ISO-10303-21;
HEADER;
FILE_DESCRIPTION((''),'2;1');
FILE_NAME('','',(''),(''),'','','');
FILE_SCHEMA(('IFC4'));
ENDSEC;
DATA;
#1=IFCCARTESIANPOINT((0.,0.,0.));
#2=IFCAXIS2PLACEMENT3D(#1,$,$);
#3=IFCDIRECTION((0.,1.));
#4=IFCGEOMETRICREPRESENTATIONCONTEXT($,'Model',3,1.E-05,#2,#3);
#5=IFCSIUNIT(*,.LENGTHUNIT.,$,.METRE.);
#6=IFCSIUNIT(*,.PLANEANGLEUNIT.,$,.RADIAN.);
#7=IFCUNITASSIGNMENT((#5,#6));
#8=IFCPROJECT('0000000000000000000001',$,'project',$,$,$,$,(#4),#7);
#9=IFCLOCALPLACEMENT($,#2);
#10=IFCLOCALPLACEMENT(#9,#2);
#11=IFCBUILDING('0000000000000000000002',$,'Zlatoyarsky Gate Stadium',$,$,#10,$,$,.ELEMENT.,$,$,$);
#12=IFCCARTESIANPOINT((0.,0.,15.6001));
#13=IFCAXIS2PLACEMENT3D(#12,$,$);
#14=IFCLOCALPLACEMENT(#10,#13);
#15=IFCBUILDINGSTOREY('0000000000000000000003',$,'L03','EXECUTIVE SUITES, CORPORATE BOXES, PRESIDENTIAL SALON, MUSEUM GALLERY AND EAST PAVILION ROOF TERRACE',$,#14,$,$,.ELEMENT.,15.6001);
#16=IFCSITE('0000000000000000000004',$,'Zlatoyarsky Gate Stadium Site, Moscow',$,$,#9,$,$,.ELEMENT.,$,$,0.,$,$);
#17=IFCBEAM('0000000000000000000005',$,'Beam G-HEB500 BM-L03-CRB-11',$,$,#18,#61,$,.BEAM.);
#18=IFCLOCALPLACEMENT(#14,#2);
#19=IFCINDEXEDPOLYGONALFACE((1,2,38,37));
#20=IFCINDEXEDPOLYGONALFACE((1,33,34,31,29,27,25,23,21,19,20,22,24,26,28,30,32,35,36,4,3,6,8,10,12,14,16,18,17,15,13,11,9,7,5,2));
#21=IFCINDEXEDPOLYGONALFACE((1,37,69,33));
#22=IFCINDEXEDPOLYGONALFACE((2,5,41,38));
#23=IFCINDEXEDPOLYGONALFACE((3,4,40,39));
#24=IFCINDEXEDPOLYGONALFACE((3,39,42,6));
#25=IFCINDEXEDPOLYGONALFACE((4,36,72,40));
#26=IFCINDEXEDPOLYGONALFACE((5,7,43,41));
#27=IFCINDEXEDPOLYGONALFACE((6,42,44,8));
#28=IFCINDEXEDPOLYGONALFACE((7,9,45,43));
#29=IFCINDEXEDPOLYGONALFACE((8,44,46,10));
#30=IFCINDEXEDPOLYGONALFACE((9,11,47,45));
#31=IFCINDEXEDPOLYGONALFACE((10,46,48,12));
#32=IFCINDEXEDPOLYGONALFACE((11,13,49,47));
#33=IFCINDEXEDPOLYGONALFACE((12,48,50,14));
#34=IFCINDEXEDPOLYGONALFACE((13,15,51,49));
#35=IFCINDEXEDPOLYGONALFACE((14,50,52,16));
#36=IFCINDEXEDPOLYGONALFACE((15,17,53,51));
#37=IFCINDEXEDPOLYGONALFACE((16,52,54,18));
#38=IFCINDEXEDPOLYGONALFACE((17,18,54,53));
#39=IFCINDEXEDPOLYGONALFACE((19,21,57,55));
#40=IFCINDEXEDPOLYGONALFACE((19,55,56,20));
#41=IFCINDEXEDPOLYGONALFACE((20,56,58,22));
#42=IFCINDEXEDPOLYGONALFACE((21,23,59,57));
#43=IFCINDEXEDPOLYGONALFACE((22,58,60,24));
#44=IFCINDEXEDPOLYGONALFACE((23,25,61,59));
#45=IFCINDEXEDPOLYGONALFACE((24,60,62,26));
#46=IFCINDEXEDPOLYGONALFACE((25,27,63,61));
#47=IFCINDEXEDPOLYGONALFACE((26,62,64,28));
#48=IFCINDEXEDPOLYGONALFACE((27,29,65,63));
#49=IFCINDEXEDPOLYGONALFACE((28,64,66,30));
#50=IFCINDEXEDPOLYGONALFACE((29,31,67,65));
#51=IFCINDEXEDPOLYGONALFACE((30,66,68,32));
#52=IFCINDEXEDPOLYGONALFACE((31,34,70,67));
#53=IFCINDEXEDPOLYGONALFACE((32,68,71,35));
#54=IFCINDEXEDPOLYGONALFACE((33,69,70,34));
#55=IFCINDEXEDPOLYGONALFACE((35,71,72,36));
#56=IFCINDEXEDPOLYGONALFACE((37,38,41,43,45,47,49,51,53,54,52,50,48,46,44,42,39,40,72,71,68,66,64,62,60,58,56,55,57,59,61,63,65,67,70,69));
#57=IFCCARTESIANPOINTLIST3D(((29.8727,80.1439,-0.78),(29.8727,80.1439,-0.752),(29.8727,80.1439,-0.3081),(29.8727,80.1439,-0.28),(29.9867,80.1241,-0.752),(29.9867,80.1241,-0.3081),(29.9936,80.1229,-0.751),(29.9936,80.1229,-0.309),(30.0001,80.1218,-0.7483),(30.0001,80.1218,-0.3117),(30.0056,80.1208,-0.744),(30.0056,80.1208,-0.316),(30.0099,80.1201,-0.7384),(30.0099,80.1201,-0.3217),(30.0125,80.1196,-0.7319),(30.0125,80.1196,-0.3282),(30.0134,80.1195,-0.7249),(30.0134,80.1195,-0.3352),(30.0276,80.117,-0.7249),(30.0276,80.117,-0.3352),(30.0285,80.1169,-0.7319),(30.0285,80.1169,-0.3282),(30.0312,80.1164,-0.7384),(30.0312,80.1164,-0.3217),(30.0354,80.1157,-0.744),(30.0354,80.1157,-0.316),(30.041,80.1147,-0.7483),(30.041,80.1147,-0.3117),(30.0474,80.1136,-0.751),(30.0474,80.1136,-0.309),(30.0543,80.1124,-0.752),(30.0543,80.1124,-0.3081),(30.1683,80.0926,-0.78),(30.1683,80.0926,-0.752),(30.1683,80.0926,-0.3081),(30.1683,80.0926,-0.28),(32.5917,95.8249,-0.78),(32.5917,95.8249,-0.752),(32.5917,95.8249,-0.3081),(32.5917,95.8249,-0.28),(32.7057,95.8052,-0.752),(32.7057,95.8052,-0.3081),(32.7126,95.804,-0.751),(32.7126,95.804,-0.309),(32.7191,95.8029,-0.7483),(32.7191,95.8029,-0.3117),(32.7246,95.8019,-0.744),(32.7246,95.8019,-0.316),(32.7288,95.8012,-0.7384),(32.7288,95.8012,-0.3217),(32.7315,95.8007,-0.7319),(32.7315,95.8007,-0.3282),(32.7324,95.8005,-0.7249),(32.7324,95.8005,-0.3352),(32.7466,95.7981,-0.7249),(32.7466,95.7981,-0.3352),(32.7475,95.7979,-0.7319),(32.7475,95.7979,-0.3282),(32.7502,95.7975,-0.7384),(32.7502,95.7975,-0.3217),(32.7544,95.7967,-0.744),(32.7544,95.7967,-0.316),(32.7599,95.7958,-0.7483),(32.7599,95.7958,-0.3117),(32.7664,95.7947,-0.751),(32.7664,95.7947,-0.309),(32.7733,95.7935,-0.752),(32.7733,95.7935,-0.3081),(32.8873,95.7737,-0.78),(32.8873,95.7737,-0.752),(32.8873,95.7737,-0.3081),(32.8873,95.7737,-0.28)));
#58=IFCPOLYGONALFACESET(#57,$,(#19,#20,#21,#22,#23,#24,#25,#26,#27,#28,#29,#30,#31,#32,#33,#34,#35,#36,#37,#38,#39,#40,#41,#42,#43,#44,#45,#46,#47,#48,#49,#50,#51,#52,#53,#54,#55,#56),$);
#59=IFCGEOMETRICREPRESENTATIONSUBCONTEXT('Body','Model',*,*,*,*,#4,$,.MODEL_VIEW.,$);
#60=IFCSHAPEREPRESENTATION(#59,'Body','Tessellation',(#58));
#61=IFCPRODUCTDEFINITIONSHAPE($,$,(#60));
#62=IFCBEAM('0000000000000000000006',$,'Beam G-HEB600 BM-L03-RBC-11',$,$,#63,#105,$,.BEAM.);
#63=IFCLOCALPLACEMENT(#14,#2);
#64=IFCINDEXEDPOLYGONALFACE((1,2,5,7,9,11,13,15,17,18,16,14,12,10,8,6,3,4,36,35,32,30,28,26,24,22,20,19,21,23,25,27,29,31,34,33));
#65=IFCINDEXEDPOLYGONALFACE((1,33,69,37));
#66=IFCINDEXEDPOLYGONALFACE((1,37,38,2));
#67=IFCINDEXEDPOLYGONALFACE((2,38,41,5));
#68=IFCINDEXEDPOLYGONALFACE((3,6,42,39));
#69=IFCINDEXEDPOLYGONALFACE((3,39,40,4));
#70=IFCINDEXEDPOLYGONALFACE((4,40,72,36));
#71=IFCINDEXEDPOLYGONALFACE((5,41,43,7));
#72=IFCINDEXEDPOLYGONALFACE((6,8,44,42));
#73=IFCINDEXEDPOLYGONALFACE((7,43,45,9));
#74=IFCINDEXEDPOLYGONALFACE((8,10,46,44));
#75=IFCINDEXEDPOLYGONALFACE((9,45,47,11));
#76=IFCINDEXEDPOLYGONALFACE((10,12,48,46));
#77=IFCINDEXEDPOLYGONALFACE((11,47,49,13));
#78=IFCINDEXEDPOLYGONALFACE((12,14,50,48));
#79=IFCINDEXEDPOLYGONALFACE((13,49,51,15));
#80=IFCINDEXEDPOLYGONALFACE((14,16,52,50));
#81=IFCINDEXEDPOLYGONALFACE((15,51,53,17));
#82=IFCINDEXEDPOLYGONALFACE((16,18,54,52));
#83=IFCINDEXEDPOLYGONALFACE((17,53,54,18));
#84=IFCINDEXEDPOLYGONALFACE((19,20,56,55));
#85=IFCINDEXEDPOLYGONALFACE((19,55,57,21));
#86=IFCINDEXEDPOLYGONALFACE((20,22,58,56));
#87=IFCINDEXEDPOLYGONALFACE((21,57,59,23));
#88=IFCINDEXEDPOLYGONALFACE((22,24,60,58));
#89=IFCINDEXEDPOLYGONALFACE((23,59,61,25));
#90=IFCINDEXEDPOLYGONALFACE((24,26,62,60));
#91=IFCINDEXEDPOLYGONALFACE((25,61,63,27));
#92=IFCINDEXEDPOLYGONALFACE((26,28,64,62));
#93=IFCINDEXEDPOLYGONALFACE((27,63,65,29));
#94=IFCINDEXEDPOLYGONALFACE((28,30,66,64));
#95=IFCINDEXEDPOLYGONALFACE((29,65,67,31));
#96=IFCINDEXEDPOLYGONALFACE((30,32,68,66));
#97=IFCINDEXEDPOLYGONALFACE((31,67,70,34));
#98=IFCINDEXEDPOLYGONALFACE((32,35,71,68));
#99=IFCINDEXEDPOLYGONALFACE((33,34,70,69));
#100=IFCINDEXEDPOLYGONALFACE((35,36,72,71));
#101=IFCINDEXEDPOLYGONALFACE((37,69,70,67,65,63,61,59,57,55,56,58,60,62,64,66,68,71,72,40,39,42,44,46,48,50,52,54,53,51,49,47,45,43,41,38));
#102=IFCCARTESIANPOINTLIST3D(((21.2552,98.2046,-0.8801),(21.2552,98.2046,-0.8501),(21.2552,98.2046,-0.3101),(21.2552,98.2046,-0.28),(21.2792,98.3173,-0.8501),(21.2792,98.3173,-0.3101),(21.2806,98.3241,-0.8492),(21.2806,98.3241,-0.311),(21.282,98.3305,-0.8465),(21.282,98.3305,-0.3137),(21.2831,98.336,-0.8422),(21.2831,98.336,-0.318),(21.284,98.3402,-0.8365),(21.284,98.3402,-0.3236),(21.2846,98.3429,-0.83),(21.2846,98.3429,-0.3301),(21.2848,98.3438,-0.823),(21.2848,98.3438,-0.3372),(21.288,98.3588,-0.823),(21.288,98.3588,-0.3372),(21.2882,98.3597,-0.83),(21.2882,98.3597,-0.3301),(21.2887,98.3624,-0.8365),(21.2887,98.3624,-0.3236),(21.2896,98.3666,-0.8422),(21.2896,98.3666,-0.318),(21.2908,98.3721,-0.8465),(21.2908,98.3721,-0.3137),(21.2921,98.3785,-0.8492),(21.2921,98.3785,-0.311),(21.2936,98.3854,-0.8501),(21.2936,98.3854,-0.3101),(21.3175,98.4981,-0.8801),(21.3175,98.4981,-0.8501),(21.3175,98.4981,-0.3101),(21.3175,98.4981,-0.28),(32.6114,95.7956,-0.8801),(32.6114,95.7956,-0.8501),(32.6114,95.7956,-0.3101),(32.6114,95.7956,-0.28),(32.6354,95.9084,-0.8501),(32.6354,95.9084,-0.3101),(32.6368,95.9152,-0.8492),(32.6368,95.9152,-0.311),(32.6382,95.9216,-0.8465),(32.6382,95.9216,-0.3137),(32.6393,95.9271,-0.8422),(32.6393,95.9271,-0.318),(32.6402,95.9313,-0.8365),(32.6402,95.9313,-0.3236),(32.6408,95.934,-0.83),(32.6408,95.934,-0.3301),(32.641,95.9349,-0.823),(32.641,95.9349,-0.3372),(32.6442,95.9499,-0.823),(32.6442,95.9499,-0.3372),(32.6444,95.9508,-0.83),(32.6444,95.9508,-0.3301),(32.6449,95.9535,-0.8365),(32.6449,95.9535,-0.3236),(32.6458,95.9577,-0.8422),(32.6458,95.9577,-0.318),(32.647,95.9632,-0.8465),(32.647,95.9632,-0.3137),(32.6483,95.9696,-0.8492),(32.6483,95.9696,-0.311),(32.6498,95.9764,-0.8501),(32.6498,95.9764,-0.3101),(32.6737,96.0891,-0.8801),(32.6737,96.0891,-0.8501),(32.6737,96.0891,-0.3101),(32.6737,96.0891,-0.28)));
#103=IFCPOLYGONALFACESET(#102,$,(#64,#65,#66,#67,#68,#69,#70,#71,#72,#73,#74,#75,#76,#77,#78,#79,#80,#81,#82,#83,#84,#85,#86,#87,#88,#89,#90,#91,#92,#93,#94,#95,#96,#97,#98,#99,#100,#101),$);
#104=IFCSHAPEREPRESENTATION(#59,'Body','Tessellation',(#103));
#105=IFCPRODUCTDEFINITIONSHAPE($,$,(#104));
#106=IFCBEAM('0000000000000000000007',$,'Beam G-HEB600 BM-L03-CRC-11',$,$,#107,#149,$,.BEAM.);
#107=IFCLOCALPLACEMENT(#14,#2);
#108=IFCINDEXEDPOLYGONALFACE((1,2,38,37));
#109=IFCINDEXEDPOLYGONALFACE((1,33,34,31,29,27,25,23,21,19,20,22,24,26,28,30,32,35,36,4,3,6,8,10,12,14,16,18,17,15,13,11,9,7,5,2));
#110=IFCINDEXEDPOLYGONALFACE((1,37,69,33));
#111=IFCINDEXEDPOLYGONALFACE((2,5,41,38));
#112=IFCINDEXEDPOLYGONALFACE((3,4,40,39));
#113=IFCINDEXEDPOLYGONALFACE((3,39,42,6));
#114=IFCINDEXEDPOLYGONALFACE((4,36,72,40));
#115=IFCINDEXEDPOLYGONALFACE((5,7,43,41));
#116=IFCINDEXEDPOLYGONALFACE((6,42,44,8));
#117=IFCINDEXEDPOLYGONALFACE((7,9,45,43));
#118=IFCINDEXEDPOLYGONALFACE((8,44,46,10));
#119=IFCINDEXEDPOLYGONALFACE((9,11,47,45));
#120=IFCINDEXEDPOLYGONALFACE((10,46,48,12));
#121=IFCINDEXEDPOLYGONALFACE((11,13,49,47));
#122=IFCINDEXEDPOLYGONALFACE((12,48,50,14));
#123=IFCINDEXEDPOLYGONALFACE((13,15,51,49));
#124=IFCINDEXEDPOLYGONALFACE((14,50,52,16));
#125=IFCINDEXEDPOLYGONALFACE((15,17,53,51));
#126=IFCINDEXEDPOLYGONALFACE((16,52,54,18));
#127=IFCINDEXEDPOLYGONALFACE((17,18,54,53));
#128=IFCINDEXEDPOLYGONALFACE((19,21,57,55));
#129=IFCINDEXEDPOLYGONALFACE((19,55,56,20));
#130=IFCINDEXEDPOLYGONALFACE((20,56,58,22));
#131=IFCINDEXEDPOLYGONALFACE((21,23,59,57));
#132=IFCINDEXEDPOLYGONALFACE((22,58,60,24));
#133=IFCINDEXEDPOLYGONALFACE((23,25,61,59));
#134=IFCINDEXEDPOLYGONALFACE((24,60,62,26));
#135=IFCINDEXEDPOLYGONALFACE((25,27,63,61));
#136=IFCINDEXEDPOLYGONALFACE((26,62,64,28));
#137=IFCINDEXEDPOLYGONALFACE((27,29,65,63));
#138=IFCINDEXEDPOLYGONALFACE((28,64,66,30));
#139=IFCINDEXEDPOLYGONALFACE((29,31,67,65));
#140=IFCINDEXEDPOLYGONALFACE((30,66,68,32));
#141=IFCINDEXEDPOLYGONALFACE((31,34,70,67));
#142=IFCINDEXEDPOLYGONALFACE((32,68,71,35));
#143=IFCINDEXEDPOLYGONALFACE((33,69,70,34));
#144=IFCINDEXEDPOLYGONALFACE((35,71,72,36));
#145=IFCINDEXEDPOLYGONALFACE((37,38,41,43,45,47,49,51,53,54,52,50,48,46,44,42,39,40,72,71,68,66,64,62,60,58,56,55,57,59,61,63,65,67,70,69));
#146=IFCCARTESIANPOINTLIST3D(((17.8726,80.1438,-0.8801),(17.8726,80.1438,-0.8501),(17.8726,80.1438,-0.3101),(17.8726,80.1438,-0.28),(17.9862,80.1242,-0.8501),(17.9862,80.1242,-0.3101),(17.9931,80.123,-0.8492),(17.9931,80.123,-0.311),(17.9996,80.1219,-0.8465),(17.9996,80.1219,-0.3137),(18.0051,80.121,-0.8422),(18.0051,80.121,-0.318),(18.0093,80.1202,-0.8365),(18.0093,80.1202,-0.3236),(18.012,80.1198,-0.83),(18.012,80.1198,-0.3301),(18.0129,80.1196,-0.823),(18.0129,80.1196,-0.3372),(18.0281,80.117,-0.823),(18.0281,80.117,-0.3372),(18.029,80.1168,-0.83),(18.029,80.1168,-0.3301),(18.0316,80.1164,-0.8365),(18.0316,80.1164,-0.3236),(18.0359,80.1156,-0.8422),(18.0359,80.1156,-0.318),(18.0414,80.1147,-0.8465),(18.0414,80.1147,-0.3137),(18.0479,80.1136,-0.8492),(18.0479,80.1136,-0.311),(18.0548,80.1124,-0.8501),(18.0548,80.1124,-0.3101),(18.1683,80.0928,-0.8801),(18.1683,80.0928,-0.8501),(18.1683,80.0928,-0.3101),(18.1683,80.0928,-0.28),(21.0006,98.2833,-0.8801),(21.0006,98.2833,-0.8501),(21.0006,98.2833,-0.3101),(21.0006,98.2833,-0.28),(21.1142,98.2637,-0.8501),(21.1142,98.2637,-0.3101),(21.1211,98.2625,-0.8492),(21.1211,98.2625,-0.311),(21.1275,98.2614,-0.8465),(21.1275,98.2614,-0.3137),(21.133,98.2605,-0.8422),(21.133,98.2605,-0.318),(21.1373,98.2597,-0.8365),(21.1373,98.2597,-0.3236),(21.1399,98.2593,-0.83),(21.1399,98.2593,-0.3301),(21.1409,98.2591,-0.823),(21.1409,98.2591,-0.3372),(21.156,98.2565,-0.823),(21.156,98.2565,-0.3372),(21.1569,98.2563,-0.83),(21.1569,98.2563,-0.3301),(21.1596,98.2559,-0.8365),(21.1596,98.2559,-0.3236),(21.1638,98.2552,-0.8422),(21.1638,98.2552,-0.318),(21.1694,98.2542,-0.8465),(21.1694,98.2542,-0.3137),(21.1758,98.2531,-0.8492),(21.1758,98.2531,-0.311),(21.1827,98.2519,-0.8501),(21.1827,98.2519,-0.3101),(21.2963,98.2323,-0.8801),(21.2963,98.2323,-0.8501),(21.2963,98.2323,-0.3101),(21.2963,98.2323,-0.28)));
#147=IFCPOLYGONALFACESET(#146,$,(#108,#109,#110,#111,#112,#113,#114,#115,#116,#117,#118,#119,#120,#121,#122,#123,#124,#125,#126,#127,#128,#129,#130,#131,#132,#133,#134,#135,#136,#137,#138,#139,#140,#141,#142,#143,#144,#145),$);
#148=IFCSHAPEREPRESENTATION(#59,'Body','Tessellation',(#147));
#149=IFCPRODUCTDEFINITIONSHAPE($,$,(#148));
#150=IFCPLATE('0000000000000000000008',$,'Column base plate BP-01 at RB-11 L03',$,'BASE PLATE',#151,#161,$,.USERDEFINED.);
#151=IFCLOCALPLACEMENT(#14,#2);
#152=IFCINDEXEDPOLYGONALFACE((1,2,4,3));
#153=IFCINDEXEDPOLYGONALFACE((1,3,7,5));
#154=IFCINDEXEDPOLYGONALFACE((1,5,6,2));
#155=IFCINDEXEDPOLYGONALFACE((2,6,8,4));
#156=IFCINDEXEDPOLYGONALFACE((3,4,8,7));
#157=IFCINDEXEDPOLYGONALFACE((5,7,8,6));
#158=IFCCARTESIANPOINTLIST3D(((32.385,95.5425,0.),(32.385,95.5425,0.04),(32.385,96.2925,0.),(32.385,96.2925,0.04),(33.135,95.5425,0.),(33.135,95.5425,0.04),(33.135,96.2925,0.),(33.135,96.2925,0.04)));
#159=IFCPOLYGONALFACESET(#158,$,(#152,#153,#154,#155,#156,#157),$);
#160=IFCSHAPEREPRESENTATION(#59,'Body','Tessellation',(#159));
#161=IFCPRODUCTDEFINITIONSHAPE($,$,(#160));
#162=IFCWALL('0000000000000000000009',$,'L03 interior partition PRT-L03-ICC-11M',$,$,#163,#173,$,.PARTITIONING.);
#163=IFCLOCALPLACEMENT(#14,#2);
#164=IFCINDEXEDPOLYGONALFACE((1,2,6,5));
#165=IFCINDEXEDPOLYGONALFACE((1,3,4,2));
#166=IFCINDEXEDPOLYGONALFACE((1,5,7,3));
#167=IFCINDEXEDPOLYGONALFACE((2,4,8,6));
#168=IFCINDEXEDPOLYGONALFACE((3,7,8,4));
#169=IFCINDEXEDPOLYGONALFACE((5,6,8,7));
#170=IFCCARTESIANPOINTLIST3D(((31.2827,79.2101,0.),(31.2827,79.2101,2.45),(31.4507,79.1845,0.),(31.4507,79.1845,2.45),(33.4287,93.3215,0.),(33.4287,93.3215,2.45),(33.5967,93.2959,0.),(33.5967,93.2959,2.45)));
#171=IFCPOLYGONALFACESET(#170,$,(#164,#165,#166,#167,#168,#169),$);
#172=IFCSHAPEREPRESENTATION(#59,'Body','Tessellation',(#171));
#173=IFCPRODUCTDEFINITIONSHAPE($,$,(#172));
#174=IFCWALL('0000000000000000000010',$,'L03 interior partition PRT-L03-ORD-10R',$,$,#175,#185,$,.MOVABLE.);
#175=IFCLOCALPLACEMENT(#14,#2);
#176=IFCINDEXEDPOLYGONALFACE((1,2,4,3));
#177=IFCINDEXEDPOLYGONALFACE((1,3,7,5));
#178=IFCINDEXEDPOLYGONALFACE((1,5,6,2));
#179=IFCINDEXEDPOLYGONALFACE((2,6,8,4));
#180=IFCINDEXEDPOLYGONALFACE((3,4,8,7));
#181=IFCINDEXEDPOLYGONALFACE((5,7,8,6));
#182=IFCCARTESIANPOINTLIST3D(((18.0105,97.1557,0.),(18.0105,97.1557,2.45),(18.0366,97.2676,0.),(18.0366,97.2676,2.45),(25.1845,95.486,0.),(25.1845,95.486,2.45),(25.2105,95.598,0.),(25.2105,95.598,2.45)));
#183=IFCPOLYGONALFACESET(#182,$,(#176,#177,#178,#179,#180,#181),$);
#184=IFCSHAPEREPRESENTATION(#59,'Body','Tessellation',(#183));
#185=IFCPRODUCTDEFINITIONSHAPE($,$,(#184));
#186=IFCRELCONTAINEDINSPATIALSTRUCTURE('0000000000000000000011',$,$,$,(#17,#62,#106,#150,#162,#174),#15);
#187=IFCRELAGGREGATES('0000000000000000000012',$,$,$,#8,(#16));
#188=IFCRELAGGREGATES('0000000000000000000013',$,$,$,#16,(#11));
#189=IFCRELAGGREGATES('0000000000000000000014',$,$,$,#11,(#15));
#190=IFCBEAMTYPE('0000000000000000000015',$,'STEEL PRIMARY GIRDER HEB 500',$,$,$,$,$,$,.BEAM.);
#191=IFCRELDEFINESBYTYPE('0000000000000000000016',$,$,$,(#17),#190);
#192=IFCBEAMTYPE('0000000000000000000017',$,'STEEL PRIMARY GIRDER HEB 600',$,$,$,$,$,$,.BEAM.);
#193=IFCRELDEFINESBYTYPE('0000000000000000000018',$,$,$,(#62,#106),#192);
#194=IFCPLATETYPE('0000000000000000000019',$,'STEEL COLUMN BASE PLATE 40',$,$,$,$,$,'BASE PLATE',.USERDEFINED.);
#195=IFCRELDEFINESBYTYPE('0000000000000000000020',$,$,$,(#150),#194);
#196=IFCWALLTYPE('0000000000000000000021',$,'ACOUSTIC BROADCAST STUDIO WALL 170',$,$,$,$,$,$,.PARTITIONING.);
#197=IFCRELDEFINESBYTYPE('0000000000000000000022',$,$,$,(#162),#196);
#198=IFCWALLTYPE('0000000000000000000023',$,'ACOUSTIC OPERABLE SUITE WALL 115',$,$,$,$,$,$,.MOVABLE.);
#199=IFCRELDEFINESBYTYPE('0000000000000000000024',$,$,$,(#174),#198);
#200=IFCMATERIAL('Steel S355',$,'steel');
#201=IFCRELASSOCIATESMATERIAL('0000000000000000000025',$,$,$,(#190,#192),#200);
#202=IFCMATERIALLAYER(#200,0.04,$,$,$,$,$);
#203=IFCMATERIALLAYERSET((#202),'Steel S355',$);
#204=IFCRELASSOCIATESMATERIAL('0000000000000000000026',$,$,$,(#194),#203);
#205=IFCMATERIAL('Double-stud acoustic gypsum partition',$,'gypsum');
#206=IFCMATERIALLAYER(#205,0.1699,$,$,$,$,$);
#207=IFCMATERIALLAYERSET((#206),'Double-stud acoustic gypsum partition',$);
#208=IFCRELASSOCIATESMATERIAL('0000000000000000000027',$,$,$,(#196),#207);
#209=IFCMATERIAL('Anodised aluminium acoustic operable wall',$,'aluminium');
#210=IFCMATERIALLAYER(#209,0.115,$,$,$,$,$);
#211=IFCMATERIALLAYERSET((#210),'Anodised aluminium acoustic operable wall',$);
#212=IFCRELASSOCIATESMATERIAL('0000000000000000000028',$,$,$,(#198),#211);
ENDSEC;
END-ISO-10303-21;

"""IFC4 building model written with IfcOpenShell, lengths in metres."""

from ifc_helpers import new_model, si_unit, direction, frame, frame_2d, origin, origin_2d, place, context, subcontext, project, spatial, rectangle, i_section, extrude, material, layer, layer_set, material_profile, profile_set, type_object, element, save


model = new_model("IFC4")

# Units and contexts
model_context = context("Model", 3, precision=1e-05, world=origin(), true_north=direction((0.0, 1.0)))
body_context = subcontext(model_context, "Body", "Model", "MODEL_VIEW")
ifc_project = project(units=[si_unit("LENGTHUNIT", "METRE"), si_unit("PLANEANGLEUNIT", "RADIAN")], contexts=[model_context])

# Site, building, storey
site_placement = place(None, origin())
site = spatial("IfcSite", under=ifc_project, at=site_placement, Name="Zlatoyarsky Gate Stadium Site, Moscow", CompositionType="ELEMENT", RefElevation=0.0)
building_placement = place(site_placement, origin())
building = spatial("IfcBuilding", under=site, at=building_placement, Name="Zlatoyarsky Gate Stadium", CompositionType="ELEMENT")
storey_placement = place(building_placement, frame((0.0, 0.0, 15.6001)))
storey = spatial("IfcBuildingStorey", under=building, at=storey_placement, Name="L03", Description="EXECUTIVE SUITES, CORPORATE BOXES, PRESIDENTIAL SALON, MUSEUM GALLERY AND EAST PAVILION ROOF TERRACE", CompositionType="ELEMENT", Elevation=15.6001)

# Shared definitions
ifc_material_1 = material(Name="Steel S355", Category="steel")

# Beams
ifc_material_profile_1 = material_profile(ifc_material_1, i_section(OverallWidth=0.3, OverallDepth=0.5, WebThickness=0.0144, FlangeThickness=0.0281, FilletRadius=0.0271, at=origin_2d()), Name="HEB 500")
ifc_profile_set_1 = profile_set([ifc_material_profile_1], Name="Steel S355")
beam_type_1 = type_object("IfcBeamType", Name="STEEL PRIMARY GIRDER HEB 500", PredefinedType="BEAM", material=ifc_profile_set_1)
beam_1_placement = place(storey_placement, frame((32.7395, 95.7993, -0.53), z_axis=(-0.170843, -0.985298, 0.0), x_axis=(0.985298, -0.170843, 0.0)))
element("IfcBeam", 1, at=beam_1_placement, inside=storey, type_object=beam_type_1, Name="Beam G-HEB500 BM-L03-CRB-11", PredefinedType="BEAM", context=body_context, shape_type="SweptSolid", body=[
    extrude(i_section(OverallWidth=0.3, OverallDepth=0.5, WebThickness=0.0144, FlangeThickness=0.0281, FilletRadius=0.0271, at=origin_2d()), origin(), (0.0, 0.0, 1.0), 15.915),
])
ifc_material_profile_2 = material_profile(ifc_material_1, i_section(OverallWidth=0.3, OverallDepth=0.6001, WebThickness=0.0154, FlangeThickness=0.03, FilletRadius=0.0271, at=origin_2d()), Name="HEB 600")
ifc_profile_set_2 = profile_set([ifc_material_profile_2], Name="Steel S355")
beam_type_2 = type_object("IfcBeamType", Name="STEEL PRIMARY GIRDER HEB 600", PredefinedType="BEAM", material=ifc_profile_set_2)
beam_2_placement = place(storey_placement, frame((32.6426, 95.9424, -0.5801), z_axis=(-0.978233, 0.207508, 0.0), x_axis=(-0.207508, -0.978233, 0.0)))
element("IfcBeam", 2, at=beam_2_placement, inside=storey, type_object=beam_type_2, Name="Beam G-HEB600 BM-L03-RBC-11", PredefinedType="BEAM", context=body_context, shape_type="SweptSolid", body=[
    extrude(i_section(OverallWidth=0.3, OverallDepth=0.6001, WebThickness=0.0154, FlangeThickness=0.03, FilletRadius=0.0271, at=origin_2d()), origin(), (0.0, 0.0, 1.0), 11.6089),
])
beam_3_placement = place(storey_placement, frame((21.1484, 98.2578, -0.5801), z_axis=(-0.16993, -0.985456, 0.0), x_axis=(0.985456, -0.16993, 0.0)))
element("IfcBeam", 3, at=beam_3_placement, inside=storey, type_object=beam_type_2, Name="Beam G-HEB600 BM-L03-CRC-11", PredefinedType="BEAM", context=body_context, shape_type="SweptSolid", body=[
    extrude(i_section(OverallWidth=0.3, OverallDepth=0.6001, WebThickness=0.0154, FlangeThickness=0.03, FilletRadius=0.0271, at=origin_2d()), origin(), (0.0, 0.0, 1.0), 18.4072),
])

# Plate
ifc_layer_1 = layer(ifc_material_1, 0.04)
ifc_layer_set_1 = layer_set([ifc_layer_1], Name="Steel S355")
plate_type = type_object("IfcPlateType", Name="STEEL COLUMN BASE PLATE 40", ElementType="BASE PLATE", PredefinedType="USERDEFINED", material=ifc_layer_set_1)
plate_placement = place(storey_placement, frame((32.76, 95.9175, 0.0), z_axis=(0.0, 0.0, 1.0), x_axis=(1.0, 0.0, 0.0)))
element("IfcPlate", 4, at=plate_placement, inside=storey, type_object=plate_type, Name="Column base plate BP-01 at RB-11 L03", ObjectType="BASE PLATE", PredefinedType="USERDEFINED", context=body_context, shape_type="SweptSolid", body=[
    extrude(rectangle(XDim=0.75, YDim=0.75, at=origin_2d()), origin(), (0.0, 0.0, 1.0), 0.04),
])

# Walls
ifc_material_2 = material(Name="Double-stud acoustic gypsum partition", Category="gypsum")
ifc_layer_2 = layer(ifc_material_2, 0.1699)
ifc_layer_set_2 = layer_set([ifc_layer_2], Name="Double-stud acoustic gypsum partition")
wall_type_1 = type_object("IfcWallType", Name="ACOUSTIC BROADCAST STUDIO WALL 170", PredefinedType="PARTITIONING", material=ifc_layer_set_2)
wall_1_placement = place(storey_placement, frame((33.5127, 93.3086, 0.0), z_axis=(0.0, 0.0, 1.0), x_axis=(-0.150348, -0.988633, 0.0)))
element("IfcWall", 5, at=wall_1_placement, inside=storey, type_object=wall_type_1, Name="L03 interior partition PRT-L03-ICC-11M", PredefinedType="PARTITIONING", context=body_context, shape_type="SweptSolid", body=[
    extrude(rectangle(XDim=14.2737, YDim=0.1699, at=frame_2d((7.1367, 0.0))), origin(), (0.0, 0.0, 1.0), 2.45),
])
ifc_material_3 = material(Name="Anodised aluminium acoustic operable wall", Category="aluminium")
ifc_layer_3 = layer(ifc_material_3, 0.115)
ifc_layer_set_3 = layer_set([ifc_layer_3], Name="Anodised aluminium acoustic operable wall")
wall_type_2 = type_object("IfcWallType", Name="ACOUSTIC OPERABLE SUITE WALL 115", PredefinedType="MOVABLE", material=ifc_layer_set_3)
wall_2_placement = place(storey_placement, frame((25.1975, 95.542, 0.0), z_axis=(0.0, 0.0, 1.0), x_axis=(-0.973969, 0.226679, 0.0)))
element("IfcWall", 6, at=wall_2_placement, inside=storey, type_object=wall_type_2, Name="L03 interior partition PRT-L03-ORD-10R", PredefinedType="MOVABLE", context=body_context, shape_type="SweptSolid", body=[
    extrude(rectangle(XDim=7.3657, YDim=0.115, at=frame_2d((3.6829, 0.0))), origin(), (0.0, 0.0, 1.0), 2.45),
])

save(model, "model.ifc")
